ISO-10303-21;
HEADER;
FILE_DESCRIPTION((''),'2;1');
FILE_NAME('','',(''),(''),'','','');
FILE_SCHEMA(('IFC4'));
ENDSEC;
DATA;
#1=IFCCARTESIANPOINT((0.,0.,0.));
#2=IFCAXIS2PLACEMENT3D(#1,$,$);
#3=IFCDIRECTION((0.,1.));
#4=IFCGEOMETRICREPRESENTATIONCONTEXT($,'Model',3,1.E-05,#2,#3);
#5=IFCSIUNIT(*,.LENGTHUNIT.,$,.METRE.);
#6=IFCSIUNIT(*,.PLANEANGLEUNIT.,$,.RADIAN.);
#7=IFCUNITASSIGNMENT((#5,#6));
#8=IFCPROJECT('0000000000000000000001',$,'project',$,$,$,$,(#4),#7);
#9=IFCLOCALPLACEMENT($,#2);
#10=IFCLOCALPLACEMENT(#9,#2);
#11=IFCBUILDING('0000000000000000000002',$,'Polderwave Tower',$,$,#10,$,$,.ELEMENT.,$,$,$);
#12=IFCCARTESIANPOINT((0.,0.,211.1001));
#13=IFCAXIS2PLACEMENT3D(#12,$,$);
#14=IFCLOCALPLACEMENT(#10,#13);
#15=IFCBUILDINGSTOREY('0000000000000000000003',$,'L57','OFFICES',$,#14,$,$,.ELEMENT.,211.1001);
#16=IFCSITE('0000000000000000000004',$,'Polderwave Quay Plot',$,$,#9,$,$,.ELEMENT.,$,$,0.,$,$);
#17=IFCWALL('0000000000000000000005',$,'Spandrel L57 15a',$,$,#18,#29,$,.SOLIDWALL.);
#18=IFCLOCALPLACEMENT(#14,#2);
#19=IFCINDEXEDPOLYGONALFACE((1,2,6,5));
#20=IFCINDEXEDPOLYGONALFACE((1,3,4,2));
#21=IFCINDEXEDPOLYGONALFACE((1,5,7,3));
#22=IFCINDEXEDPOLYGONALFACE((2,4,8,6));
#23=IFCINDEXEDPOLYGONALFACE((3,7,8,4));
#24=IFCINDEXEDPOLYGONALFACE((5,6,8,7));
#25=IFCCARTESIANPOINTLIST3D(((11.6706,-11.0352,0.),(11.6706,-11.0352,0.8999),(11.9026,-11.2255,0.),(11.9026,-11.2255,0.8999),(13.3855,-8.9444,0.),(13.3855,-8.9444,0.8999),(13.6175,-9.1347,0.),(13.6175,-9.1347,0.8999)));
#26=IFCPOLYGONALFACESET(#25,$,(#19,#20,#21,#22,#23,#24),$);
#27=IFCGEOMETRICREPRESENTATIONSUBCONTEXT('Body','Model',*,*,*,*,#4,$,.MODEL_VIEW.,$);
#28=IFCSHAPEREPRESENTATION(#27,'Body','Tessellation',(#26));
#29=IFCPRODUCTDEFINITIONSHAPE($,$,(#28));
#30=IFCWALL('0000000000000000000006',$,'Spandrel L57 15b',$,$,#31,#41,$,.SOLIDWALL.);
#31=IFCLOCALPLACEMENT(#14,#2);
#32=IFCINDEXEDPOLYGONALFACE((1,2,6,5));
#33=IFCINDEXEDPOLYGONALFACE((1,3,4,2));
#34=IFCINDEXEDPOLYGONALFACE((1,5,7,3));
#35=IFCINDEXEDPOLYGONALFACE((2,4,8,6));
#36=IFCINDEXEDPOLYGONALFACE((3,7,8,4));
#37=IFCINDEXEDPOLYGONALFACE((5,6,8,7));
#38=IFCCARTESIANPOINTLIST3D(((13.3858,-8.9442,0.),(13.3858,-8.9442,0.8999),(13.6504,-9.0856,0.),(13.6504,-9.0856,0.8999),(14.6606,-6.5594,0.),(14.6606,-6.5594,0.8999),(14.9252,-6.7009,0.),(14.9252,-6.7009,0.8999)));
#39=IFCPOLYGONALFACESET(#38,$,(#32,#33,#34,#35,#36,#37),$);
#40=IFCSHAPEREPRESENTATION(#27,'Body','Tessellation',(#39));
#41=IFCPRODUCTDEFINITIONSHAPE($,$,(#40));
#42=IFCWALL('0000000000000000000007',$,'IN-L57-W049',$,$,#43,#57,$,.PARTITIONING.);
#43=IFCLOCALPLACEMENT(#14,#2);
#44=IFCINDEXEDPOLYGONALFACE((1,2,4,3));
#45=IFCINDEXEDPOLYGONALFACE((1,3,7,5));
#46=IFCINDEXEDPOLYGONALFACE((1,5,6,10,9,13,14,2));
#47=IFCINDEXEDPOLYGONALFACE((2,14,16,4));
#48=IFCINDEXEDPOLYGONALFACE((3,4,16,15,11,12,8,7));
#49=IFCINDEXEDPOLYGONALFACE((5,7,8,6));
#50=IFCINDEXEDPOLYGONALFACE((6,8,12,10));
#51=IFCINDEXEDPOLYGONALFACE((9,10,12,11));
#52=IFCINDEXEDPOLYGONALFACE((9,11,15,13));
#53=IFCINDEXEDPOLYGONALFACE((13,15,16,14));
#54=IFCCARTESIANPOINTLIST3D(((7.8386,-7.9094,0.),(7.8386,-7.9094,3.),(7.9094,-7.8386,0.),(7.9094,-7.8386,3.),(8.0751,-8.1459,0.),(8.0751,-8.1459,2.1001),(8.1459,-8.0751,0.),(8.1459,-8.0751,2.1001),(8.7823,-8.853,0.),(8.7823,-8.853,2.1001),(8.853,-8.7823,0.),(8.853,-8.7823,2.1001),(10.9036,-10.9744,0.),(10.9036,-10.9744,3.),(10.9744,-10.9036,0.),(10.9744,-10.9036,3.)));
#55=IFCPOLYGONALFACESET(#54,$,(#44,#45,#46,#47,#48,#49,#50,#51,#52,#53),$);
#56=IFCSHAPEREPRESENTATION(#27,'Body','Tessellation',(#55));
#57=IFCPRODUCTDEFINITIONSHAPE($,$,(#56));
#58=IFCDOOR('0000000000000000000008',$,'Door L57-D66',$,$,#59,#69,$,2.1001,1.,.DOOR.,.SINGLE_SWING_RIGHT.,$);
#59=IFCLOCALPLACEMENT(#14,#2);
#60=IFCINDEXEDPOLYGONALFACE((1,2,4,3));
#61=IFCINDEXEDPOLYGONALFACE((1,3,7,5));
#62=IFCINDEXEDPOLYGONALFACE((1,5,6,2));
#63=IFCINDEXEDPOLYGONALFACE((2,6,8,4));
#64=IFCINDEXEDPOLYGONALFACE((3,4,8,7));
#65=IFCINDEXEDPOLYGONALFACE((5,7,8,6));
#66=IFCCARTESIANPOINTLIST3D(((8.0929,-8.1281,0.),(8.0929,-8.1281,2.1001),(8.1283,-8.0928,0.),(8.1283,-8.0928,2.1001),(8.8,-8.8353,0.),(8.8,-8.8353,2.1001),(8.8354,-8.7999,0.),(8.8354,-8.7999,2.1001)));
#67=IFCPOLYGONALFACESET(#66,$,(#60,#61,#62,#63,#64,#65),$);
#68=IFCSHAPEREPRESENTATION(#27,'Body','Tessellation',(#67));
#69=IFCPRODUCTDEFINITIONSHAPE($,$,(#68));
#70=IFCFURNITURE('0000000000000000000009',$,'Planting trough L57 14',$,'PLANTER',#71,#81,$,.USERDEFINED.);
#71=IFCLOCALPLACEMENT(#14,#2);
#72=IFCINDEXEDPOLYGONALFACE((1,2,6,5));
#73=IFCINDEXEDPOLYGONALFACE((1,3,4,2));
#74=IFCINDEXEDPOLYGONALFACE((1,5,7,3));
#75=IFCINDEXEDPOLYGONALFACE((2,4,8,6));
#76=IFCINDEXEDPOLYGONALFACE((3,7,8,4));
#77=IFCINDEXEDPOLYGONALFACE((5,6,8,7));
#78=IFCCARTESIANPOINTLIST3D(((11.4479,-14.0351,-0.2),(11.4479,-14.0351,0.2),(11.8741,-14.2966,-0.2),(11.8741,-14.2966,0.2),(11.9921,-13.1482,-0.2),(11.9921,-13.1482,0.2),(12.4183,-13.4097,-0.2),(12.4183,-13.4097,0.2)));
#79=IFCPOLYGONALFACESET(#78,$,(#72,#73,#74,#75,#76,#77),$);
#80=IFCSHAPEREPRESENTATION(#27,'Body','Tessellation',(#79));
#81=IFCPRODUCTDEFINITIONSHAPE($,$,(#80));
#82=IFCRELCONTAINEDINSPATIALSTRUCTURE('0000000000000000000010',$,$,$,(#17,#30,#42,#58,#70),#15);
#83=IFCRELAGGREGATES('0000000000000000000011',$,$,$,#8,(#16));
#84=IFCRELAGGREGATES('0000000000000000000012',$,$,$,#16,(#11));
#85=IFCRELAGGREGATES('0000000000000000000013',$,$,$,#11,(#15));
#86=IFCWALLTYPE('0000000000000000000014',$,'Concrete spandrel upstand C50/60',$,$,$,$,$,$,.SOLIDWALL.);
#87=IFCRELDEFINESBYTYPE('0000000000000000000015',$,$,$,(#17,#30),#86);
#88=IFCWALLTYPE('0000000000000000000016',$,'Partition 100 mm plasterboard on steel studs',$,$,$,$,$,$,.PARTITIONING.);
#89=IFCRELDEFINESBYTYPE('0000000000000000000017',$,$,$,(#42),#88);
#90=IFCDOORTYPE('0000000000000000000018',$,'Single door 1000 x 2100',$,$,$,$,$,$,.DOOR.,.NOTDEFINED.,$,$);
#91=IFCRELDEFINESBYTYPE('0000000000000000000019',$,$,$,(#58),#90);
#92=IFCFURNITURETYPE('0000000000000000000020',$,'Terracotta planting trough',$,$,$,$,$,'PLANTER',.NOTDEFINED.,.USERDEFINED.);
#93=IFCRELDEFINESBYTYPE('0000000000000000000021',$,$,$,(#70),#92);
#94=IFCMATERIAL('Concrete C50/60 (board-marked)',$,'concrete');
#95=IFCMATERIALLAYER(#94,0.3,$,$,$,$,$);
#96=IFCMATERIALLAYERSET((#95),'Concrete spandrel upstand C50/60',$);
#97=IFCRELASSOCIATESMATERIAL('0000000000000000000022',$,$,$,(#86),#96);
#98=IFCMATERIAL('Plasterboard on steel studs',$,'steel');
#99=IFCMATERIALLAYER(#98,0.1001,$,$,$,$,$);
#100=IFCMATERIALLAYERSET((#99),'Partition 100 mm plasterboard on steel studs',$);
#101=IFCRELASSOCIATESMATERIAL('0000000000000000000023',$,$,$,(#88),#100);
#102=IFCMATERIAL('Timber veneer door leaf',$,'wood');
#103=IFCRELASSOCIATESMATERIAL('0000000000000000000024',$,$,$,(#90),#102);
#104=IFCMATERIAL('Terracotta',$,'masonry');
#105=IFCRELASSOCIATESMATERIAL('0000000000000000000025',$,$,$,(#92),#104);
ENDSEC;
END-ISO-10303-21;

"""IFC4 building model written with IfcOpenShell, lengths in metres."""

from ifc_helpers import new_model, si_unit, direction, frame, frame_2d, origin, origin_2d, place, context, subcontext, project, spatial, rectangle, extrude, material, layer, layer_set, type_object, element, fill, save


model = new_model("IFC4")

# Units and contexts
model_context = context("Model", 3, precision=1e-05, world=origin(), true_north=direction((0.0, 1.0)))
body_context = subcontext(model_context, "Body", "Model", "MODEL_VIEW")
ifc_project = project(units=[si_unit("LENGTHUNIT", "METRE"), si_unit("PLANEANGLEUNIT", "RADIAN")], contexts=[model_context])

# Site, building, storey
site_placement = place(None, origin())
site = spatial("IfcSite", under=ifc_project, at=site_placement, Name="Polderwave Quay Plot", CompositionType="ELEMENT", RefElevation=0.0)
building_placement = place(site_placement, origin())
building = spatial("IfcBuilding", under=site, at=building_placement, Name="Polderwave Tower", CompositionType="ELEMENT")
storey_placement = place(building_placement, frame((0.0, 0.0, 211.1001)))
storey = spatial("IfcBuildingStorey", under=building, at=storey_placement, Name="L57", Description="OFFICES", CompositionType="ELEMENT", Elevation=211.1001)

# Walls
ifc_material_1 = material(Name="Concrete C50/60 (board-marked)", Category="concrete")
ifc_layer_1 = layer(ifc_material_1, 0.3)
ifc_layer_set_1 = layer_set([ifc_layer_1], Name="Concrete spandrel upstand C50/60")
wall_type_1 = type_object("IfcWallType", Name="Concrete spandrel upstand C50/60", PredefinedType="SOLIDWALL", material=ifc_layer_set_1)
for number, where, z_axis, x_axis, name in (
    (1, (11.7866, -11.1304, 0.0), (0.0, 0.0, 1.0), (0.634162, 0.7732, 0.0), "Spandrel L57 15a"),
    (2, (13.5181, -9.0149, 0.0), (0.0, 0.0, 1.0), (0.47146, 0.881888, 0.0), "Spandrel L57 15b"),
):
    element("IfcWall", number, at=place(storey_placement, frame(where, z_axis=z_axis, x_axis=x_axis)), inside=storey, type_object=wall_type_1, Name=name, PredefinedType="SOLIDWALL", context=body_context, shape_type="SweptSolid", body=[
        extrude(rectangle(XDim=2.7041, YDim=0.3, at=frame_2d((1.3521, 0.0))), origin(), (0.0, 0.0, 1.0), 0.8999),
    ])

# Wall, opening, door
ifc_material_2 = material(Name="Plasterboard on steel studs", Category="steel")
ifc_layer_2 = layer(ifc_material_2, 0.1001)
ifc_layer_set_2 = layer_set([ifc_layer_2], Name="Partition 100 mm plasterboard on steel studs")
wall_type_2 = type_object("IfcWallType", Name="Partition 100 mm plasterboard on steel studs", PredefinedType="PARTITIONING", material=ifc_layer_set_2)
wall_placement = place(storey_placement, frame((10.939, -10.939, 0.0), z_axis=(0.0, 0.0, 1.0), x_axis=(-0.707107, 0.707107, 0.0)))
wall = element("IfcWall", 3, at=wall_placement, inside=storey, type_object=wall_type_2, Name="IN-L57-W049", PredefinedType="PARTITIONING", context=body_context, shape_type="SweptSolid", body=[
    extrude(rectangle(XDim=4.3345, YDim=0.1001, at=frame_2d((2.1672, 0.0))), origin(), (0.0, 0.0, 1.0), 3.0),
])
opening_placement = place(wall_placement, frame((3.0, 0.0, 0.0)))
opening = element("IfcOpeningElement", 4, at=opening_placement, cuts=wall, PredefinedType="OPENING", context=body_context, shape_type="SweptSolid", body=[
    extrude(rectangle(XDim=1.0, YDim=2.1001, at=frame_2d((0.5, 1.05))), frame((0.0, 0.0601, 0.0), z_axis=(0.0, -1.0, 0.0), x_axis=(1.0, 0.0, 0.0)), (0.0, 0.0, 1.0), 0.1201),
])
ifc_material_3 = material(Name="Timber veneer door leaf", Category="wood")
door_type = type_object("IfcDoorType", Name="Single door 1000 x 2100", OperationType="NOTDEFINED", PredefinedType="DOOR", material=ifc_material_3)
door_placement = place(opening_placement, origin())
door = element("IfcDoor", 5, at=door_placement, inside=storey, type_object=door_type, Name="Door L57-D66", OperationType="SINGLE_SWING_RIGHT", OverallHeight=2.1001, OverallWidth=1.0, PredefinedType="DOOR", context=body_context, shape_type="SweptSolid", body=[
    extrude(rectangle(XDim=1.0, YDim=2.1001, at=frame_2d((0.5, 1.05))), frame((0.0, 0.0249, 0.0), z_axis=(0.0, -1.0, 0.0), x_axis=(1.0, 0.0, 0.0)), (0.0, 0.0, 1.0), 0.05),
])
fill(opening, door)

# Furniture
ifc_material_4 = material(Name="Terracotta", Category="masonry")
furniture_type = type_object("IfcFurnitureType", Name="Terracotta planting trough", ElementType="PLANTER", AssemblyPlace="NOTDEFINED", PredefinedType="USERDEFINED", material=ifc_material_4)
furniture_placement = place(storey_placement, frame((11.9331, -13.7224, -0.2), z_axis=(0.0, 0.0, 1.0), x_axis=(0.522993, 0.852337, 0.0)))
element("IfcFurniture", 6, at=furniture_placement, inside=storey, type_object=furniture_type, Name="Planting trough L57 14", ObjectType="PLANTER", PredefinedType="USERDEFINED", context=body_context, shape_type="SweptSolid", body=[
    extrude(rectangle(XDim=1.0405, YDim=0.5, at=origin_2d()), origin(), (0.0, 0.0, 1.0), 0.3999),
])

save(model, "model.ifc")
